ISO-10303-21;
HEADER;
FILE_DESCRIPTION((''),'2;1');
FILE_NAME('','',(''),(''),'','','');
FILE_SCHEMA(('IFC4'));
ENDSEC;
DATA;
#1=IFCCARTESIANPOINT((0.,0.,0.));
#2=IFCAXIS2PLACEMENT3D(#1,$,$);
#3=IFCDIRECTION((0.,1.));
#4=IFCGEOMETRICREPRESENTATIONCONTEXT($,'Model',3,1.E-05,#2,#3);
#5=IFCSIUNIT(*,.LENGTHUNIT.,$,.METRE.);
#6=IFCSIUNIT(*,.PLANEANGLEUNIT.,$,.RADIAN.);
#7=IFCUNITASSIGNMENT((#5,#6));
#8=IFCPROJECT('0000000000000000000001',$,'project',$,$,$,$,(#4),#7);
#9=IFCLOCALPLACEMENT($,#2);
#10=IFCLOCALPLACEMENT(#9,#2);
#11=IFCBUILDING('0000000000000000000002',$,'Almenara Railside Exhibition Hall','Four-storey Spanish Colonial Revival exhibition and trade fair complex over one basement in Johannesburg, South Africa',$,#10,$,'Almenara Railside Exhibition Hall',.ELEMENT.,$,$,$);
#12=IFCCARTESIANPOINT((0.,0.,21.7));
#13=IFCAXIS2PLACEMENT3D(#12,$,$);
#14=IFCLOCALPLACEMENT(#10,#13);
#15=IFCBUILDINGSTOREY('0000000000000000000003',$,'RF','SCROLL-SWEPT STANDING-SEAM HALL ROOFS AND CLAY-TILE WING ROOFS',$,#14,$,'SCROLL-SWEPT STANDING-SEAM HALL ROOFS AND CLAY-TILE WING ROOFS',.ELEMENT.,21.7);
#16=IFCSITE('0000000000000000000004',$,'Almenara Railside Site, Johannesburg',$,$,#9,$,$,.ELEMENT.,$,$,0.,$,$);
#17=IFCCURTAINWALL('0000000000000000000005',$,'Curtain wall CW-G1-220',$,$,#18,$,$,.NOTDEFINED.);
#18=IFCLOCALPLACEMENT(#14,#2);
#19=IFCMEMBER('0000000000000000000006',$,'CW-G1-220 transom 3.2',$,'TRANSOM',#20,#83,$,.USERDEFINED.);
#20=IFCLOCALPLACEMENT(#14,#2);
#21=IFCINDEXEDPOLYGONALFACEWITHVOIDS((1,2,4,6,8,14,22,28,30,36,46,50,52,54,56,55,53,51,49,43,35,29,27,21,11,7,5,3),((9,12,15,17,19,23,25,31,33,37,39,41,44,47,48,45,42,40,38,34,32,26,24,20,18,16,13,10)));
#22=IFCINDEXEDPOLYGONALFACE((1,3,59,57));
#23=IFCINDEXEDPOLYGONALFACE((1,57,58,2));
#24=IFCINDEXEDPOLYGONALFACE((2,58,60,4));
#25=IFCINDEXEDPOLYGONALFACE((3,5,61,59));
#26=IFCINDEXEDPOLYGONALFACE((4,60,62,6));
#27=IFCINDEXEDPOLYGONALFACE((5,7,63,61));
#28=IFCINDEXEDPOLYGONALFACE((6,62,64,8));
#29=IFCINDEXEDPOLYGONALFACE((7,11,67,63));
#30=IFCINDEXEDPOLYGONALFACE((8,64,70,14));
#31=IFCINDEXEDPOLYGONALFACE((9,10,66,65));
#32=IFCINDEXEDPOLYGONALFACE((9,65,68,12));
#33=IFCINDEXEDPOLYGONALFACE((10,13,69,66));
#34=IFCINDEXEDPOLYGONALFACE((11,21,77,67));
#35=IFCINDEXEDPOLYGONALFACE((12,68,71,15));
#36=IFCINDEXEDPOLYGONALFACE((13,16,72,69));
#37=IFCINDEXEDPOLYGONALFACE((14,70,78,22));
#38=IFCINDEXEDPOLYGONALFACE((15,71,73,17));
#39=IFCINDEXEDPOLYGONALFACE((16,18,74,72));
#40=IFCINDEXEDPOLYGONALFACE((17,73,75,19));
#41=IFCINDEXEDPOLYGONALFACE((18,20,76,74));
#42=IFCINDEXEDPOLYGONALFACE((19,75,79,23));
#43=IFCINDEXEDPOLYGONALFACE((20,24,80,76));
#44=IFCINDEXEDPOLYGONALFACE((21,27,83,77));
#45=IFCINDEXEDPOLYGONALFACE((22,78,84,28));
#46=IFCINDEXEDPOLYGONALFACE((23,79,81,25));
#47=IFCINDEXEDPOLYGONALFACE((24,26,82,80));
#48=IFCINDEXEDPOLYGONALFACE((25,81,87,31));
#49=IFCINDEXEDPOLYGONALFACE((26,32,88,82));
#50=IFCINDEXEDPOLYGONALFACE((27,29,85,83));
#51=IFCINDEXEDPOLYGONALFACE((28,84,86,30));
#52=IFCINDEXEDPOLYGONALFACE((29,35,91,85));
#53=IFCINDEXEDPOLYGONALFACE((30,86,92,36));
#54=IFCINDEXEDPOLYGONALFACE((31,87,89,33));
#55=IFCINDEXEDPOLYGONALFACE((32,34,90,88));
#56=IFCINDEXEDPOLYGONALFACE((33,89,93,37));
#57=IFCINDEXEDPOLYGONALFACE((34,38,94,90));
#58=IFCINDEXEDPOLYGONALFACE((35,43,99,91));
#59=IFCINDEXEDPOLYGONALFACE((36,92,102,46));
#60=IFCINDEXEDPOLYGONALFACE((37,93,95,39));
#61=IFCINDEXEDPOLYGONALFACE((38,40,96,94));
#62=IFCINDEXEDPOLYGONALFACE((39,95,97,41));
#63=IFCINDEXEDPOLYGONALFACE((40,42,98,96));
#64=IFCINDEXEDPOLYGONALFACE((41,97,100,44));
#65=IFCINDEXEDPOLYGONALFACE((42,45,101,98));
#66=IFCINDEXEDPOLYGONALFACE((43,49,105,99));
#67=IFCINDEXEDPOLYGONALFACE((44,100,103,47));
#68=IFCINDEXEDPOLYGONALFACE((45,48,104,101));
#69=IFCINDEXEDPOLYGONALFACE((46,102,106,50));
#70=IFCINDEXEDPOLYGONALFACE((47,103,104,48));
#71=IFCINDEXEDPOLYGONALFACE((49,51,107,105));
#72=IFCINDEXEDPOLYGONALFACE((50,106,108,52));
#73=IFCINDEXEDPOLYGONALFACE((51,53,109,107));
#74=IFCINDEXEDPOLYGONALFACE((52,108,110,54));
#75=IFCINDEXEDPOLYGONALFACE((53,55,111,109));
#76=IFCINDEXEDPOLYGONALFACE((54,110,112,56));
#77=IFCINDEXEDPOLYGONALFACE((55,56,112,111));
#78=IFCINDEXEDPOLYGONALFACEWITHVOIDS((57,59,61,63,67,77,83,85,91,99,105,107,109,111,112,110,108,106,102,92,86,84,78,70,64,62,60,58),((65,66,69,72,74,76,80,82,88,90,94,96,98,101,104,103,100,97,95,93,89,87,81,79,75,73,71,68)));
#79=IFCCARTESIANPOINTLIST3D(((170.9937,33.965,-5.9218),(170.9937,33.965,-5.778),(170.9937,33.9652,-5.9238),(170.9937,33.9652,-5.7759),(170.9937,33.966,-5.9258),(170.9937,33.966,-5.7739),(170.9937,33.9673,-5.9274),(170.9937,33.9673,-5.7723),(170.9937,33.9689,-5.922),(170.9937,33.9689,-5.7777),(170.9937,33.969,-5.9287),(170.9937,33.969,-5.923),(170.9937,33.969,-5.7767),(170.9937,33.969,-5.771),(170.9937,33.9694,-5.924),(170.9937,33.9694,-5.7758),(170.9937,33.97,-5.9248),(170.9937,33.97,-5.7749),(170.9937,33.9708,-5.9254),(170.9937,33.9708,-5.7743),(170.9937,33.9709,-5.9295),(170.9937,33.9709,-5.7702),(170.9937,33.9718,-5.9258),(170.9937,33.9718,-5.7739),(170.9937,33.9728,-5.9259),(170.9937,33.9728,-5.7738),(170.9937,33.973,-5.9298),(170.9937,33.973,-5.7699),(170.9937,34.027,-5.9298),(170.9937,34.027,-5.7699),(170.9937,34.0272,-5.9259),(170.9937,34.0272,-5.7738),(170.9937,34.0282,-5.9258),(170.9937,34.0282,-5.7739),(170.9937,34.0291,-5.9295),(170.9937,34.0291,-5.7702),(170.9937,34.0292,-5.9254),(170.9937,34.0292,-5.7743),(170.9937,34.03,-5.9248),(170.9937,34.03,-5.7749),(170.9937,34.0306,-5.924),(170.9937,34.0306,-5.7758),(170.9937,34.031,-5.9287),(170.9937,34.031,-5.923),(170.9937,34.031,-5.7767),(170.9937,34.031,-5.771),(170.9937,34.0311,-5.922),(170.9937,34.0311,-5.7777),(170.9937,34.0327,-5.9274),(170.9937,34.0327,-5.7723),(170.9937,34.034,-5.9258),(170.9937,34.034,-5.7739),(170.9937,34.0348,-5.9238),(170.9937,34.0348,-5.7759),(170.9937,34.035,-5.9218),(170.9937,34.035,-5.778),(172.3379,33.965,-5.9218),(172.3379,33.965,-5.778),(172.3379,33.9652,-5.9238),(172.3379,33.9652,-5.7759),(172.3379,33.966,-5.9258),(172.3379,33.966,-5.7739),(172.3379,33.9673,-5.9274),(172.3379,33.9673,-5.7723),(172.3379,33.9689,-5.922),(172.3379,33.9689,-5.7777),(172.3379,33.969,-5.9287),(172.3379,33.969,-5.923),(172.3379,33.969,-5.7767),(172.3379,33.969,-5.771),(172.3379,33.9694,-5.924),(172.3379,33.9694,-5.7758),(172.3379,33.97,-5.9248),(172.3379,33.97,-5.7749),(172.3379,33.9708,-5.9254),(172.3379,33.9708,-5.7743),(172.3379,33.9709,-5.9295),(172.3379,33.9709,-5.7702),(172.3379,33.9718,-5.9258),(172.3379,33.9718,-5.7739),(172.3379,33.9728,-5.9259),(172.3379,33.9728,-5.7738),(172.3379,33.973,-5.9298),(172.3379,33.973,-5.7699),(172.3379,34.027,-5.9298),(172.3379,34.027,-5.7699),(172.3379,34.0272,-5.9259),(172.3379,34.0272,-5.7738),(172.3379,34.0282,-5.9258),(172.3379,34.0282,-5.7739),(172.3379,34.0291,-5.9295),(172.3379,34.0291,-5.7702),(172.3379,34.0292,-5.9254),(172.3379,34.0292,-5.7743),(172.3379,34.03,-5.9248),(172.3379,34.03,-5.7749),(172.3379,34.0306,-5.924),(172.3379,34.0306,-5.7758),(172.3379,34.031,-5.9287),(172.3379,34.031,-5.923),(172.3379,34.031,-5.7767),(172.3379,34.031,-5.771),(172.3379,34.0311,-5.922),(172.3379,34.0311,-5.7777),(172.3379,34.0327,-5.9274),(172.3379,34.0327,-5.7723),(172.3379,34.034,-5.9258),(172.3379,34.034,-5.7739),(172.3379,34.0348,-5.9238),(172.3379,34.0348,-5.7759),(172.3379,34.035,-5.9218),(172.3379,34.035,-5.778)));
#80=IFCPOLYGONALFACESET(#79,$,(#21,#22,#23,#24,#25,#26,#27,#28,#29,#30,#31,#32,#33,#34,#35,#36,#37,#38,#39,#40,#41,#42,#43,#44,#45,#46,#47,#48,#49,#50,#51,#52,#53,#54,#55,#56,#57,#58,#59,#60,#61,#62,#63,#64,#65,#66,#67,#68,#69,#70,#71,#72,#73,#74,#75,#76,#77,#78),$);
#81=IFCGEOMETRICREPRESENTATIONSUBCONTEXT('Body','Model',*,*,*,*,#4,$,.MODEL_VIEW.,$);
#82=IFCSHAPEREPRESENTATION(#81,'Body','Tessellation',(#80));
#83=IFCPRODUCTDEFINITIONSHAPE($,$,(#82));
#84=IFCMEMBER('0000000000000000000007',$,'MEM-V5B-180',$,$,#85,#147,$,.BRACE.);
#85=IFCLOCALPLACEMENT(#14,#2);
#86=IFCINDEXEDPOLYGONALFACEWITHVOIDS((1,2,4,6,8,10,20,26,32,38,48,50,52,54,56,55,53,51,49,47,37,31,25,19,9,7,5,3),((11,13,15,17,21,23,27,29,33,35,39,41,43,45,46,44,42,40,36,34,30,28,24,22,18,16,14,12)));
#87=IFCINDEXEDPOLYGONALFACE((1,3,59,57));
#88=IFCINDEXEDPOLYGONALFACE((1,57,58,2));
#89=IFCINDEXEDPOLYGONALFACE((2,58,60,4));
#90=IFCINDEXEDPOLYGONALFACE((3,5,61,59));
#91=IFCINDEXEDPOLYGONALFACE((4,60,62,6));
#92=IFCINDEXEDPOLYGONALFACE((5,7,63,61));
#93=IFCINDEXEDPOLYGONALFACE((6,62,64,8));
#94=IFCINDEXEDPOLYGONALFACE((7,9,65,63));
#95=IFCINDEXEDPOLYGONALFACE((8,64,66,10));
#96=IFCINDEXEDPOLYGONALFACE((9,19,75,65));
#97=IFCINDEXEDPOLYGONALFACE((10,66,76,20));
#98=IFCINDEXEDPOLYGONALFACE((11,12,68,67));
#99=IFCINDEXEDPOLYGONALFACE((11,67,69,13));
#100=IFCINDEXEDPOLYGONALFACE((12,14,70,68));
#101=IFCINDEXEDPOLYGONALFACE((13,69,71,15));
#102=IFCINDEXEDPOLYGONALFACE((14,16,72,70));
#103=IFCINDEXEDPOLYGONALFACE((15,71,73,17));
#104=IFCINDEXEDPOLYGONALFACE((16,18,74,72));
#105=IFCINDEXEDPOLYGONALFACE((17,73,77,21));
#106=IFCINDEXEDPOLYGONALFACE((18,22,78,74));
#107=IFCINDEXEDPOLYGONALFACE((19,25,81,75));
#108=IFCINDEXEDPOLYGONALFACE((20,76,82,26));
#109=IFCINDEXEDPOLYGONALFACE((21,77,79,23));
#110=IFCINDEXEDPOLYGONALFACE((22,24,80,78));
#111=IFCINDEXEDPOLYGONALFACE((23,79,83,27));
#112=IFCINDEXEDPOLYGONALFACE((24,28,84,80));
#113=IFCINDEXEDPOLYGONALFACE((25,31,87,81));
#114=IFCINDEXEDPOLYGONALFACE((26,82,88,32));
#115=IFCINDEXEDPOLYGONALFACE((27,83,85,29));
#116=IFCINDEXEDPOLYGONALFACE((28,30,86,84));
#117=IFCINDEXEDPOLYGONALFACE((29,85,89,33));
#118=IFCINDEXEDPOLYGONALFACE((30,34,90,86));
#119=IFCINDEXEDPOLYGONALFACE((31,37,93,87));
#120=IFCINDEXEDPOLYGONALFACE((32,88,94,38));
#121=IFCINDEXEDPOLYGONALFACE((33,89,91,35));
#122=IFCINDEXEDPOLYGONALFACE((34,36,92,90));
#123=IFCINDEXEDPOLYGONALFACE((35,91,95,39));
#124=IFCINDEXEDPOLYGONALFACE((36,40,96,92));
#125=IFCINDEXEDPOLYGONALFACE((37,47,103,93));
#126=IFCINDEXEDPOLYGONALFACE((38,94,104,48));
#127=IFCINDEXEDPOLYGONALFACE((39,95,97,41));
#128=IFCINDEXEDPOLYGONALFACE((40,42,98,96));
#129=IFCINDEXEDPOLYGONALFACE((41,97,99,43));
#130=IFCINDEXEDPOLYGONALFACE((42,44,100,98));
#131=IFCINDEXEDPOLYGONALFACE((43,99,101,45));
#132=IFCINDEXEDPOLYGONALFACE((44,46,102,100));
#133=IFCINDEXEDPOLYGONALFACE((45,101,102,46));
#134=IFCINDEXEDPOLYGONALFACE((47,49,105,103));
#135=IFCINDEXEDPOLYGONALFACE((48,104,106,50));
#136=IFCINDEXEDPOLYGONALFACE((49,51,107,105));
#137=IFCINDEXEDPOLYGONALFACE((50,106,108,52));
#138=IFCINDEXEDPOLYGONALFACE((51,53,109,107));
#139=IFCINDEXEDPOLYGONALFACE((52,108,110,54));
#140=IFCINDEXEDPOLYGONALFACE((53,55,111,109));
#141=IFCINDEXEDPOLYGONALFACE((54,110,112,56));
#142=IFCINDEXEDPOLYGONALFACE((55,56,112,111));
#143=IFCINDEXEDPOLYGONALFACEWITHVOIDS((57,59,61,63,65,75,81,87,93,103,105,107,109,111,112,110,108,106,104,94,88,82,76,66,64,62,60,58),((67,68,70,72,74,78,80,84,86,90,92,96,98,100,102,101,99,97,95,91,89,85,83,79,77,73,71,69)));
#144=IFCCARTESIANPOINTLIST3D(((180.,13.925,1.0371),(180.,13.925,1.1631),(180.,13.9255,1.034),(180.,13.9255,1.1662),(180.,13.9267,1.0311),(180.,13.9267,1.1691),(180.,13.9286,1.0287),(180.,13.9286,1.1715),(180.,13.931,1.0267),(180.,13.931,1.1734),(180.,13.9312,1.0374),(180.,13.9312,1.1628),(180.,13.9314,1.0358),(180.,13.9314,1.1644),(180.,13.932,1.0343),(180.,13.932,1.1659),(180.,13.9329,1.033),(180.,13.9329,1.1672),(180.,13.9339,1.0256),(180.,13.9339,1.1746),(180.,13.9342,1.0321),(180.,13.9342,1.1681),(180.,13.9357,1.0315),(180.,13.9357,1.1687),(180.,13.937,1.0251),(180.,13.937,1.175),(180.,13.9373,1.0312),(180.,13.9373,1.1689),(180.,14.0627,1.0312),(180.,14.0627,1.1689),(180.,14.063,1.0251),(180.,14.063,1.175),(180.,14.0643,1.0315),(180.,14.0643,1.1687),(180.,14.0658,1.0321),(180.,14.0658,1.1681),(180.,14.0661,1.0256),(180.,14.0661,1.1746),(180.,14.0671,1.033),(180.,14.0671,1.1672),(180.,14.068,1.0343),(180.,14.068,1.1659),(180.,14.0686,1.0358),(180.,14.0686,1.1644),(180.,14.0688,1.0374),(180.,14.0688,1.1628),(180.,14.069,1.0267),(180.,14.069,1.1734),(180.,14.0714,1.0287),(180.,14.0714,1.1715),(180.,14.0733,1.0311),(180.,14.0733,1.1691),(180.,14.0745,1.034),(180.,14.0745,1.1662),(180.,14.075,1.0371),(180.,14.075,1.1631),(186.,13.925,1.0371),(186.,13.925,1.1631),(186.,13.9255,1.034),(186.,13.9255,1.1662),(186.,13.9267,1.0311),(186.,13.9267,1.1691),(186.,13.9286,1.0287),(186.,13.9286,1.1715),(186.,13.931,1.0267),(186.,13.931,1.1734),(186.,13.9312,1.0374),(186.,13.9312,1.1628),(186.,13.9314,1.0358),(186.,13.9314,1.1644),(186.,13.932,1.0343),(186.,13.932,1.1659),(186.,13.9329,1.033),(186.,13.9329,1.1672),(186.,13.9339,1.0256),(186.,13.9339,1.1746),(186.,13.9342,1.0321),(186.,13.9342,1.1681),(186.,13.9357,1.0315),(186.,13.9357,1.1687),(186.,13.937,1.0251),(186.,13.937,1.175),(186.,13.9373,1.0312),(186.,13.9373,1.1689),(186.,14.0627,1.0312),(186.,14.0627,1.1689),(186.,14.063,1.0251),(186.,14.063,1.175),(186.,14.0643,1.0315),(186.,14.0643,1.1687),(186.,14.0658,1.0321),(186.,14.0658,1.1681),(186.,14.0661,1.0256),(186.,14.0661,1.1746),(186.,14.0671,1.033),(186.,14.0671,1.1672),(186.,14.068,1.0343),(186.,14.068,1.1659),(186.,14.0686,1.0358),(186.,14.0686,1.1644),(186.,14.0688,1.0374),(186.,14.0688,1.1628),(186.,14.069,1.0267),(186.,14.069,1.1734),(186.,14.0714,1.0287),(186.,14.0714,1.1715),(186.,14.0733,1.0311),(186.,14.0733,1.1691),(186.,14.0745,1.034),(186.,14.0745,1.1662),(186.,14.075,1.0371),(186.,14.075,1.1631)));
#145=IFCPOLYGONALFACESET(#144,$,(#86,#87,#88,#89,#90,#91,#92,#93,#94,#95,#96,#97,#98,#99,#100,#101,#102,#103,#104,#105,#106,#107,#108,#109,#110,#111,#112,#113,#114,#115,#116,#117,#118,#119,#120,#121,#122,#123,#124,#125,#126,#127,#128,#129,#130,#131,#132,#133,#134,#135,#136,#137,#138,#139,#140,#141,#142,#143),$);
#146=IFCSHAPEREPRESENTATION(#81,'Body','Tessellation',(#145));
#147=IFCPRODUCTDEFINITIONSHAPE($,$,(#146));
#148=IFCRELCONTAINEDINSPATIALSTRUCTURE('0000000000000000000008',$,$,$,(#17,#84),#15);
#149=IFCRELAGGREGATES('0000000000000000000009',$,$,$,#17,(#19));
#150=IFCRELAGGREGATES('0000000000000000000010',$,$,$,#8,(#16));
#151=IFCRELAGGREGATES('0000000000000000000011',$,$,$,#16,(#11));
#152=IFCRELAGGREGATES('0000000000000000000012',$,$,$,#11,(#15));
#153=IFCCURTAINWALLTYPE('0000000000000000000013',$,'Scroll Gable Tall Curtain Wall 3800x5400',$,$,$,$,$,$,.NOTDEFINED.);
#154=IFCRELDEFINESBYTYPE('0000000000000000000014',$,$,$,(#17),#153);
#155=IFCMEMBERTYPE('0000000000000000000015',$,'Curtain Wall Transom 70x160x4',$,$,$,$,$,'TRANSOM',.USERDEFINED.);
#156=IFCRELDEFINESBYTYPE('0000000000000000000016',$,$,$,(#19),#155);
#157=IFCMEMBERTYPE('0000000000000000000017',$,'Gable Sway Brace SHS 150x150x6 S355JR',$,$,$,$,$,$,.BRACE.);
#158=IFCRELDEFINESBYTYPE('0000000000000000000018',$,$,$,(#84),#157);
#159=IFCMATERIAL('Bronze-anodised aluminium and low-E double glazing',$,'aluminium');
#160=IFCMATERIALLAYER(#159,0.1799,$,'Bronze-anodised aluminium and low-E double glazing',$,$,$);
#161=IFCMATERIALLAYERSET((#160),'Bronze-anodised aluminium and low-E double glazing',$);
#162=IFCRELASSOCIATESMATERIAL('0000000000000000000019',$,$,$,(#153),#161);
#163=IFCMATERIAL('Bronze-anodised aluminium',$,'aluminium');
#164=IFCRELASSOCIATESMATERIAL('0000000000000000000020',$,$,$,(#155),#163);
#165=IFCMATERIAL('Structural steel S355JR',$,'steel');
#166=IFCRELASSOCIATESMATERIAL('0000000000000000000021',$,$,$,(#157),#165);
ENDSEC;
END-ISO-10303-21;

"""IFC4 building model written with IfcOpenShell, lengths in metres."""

from ifc_helpers import new_model, si_unit, direction, frame, origin, origin_2d, place, context, subcontext, project, spatial, hollow_rectangle, extrude, material, layer, layer_set, material_profile, profile_set, type_object, element, aggregate, save


model = new_model("IFC4")

# Units and contexts
model_context = context("Model", 3, precision=1e-05, world=origin(), true_north=direction((0.0, 1.0)))
body_context = subcontext(model_context, "Body", "Model", "MODEL_VIEW")
ifc_project = project(units=[si_unit("LENGTHUNIT", "METRE"), si_unit("PLANEANGLEUNIT", "RADIAN")], contexts=[model_context])

# Site, building, storey
site_placement = place(None, origin())
site = spatial("IfcSite", under=ifc_project, at=site_placement, Name="Almenara Railside Site, Johannesburg", CompositionType="ELEMENT", RefElevation=0.0)
building_placement = place(site_placement, origin())
building = spatial("IfcBuilding", under=site, at=building_placement, Name="Almenara Railside Exhibition Hall", Description="Four-storey Spanish Colonial Revival exhibition and trade fair complex over one basement in Johannesburg, South Africa", LongName="Almenara Railside Exhibition Hall", CompositionType="ELEMENT")
storey_placement = place(building_placement, frame((0.0, 0.0, 21.7)))
storey = spatial("IfcBuildingStorey", under=building, at=storey_placement, Name="RF", Description="SCROLL-SWEPT STANDING-SEAM HALL ROOFS AND CLAY-TILE WING ROOFS", LongName="SCROLL-SWEPT STANDING-SEAM HALL ROOFS AND CLAY-TILE WING ROOFS", CompositionType="ELEMENT", Elevation=21.7)

# Shared definitions
ifc_material_1 = material(Name="Structural steel S355JR", Category="steel")

# Curtain wall, member
ifc_material_2 = material(Name="Bronze-anodised aluminium and low-E double glazing", Category="aluminium")
ifc_layer_1 = layer(ifc_material_2, 0.1799, Name="Bronze-anodised aluminium and low-E double glazing")
ifc_layer_set_1 = layer_set([ifc_layer_1], Name="Bronze-anodised aluminium and low-E double glazing")
curtain_wall_type = type_object("IfcCurtainWallType", Name="Scroll Gable Tall Curtain Wall 3800x5400", PredefinedType="NOTDEFINED", material=ifc_layer_set_1)
curtain_wall_placement = place(storey_placement, origin())
curtain_wall = element("IfcCurtainWall", 1, at=curtain_wall_placement, inside=storey, type_object=curtain_wall_type, Name="Curtain wall CW-G1-220", PredefinedType="NOTDEFINED")
ifc_material_3 = material(Name="Bronze-anodised aluminium", Category="aluminium")
ifc_material_profile_1 = material_profile(ifc_material_3, hollow_rectangle(XDim=0.0701, YDim=0.1599, WallThickness=0.0039, InnerFilletRadius=0.0039, OuterFilletRadius=0.0081, at=origin_2d()), Name="ALU-TRN 70x160x4")
ifc_profile_set_1 = profile_set([ifc_material_profile_1], Name="Bronze-anodised aluminium")
member_type_1 = type_object("IfcMemberType", Name="Curtain Wall Transom 70x160x4", ElementType="TRANSOM", PredefinedType="USERDEFINED", material=ifc_profile_set_1)
member_1_placement = place(storey_placement, frame((170.9937, 34.0, -5.8499), z_axis=(1.0, 0.0, 0.0), x_axis=(0.0, 1.0, 0.0)))
member_1 = element("IfcMember", 2, at=member_1_placement, type_object=member_type_1, Name="CW-G1-220 transom 3.2", ObjectType="TRANSOM", PredefinedType="USERDEFINED", context=body_context, shape_type="SweptSolid", body=[
    extrude(hollow_rectangle(XDim=0.0701, YDim=0.1599, WallThickness=0.0039, InnerFilletRadius=0.0039, OuterFilletRadius=0.0081, at=origin_2d()), origin(), (0.0, 0.0, 1.0), 1.3442),
])
aggregate(curtain_wall, [member_1])

# Member
ifc_material_profile_2 = material_profile(ifc_material_1, hollow_rectangle(XDim=0.1499, YDim=0.1499, WallThickness=0.0061, InnerFilletRadius=0.0061, OuterFilletRadius=0.012, at=origin_2d()), Name="SHS 150x150x6")
ifc_profile_set_2 = profile_set([ifc_material_profile_2], Name="Structural steel S355JR")
member_type_2 = type_object("IfcMemberType", Name="Gable Sway Brace SHS 150x150x6 S355JR", PredefinedType="BRACE", material=ifc_profile_set_2)
for number, where, z_axis, x_axis, name in (
    (3, (180.0, 14.0, 1.1001), (1.0, 0.0, 0.0), (0.0, 1.0, 0.0), "MEM-V5B-180"),
):
    element("IfcMember", number, at=place(storey_placement, frame(where, z_axis=z_axis, x_axis=x_axis)), inside=storey, type_object=member_type_2, Name=name, PredefinedType="BRACE", context=body_context, shape_type="SweptSolid", body=[
        extrude(hollow_rectangle(XDim=0.1499, YDim=0.1499, WallThickness=0.0061, InnerFilletRadius=0.0061, OuterFilletRadius=0.012, at=origin_2d()), origin(), (0.0, 0.0, 1.0), 6.0),
    ])

save(model, "model.ifc")
